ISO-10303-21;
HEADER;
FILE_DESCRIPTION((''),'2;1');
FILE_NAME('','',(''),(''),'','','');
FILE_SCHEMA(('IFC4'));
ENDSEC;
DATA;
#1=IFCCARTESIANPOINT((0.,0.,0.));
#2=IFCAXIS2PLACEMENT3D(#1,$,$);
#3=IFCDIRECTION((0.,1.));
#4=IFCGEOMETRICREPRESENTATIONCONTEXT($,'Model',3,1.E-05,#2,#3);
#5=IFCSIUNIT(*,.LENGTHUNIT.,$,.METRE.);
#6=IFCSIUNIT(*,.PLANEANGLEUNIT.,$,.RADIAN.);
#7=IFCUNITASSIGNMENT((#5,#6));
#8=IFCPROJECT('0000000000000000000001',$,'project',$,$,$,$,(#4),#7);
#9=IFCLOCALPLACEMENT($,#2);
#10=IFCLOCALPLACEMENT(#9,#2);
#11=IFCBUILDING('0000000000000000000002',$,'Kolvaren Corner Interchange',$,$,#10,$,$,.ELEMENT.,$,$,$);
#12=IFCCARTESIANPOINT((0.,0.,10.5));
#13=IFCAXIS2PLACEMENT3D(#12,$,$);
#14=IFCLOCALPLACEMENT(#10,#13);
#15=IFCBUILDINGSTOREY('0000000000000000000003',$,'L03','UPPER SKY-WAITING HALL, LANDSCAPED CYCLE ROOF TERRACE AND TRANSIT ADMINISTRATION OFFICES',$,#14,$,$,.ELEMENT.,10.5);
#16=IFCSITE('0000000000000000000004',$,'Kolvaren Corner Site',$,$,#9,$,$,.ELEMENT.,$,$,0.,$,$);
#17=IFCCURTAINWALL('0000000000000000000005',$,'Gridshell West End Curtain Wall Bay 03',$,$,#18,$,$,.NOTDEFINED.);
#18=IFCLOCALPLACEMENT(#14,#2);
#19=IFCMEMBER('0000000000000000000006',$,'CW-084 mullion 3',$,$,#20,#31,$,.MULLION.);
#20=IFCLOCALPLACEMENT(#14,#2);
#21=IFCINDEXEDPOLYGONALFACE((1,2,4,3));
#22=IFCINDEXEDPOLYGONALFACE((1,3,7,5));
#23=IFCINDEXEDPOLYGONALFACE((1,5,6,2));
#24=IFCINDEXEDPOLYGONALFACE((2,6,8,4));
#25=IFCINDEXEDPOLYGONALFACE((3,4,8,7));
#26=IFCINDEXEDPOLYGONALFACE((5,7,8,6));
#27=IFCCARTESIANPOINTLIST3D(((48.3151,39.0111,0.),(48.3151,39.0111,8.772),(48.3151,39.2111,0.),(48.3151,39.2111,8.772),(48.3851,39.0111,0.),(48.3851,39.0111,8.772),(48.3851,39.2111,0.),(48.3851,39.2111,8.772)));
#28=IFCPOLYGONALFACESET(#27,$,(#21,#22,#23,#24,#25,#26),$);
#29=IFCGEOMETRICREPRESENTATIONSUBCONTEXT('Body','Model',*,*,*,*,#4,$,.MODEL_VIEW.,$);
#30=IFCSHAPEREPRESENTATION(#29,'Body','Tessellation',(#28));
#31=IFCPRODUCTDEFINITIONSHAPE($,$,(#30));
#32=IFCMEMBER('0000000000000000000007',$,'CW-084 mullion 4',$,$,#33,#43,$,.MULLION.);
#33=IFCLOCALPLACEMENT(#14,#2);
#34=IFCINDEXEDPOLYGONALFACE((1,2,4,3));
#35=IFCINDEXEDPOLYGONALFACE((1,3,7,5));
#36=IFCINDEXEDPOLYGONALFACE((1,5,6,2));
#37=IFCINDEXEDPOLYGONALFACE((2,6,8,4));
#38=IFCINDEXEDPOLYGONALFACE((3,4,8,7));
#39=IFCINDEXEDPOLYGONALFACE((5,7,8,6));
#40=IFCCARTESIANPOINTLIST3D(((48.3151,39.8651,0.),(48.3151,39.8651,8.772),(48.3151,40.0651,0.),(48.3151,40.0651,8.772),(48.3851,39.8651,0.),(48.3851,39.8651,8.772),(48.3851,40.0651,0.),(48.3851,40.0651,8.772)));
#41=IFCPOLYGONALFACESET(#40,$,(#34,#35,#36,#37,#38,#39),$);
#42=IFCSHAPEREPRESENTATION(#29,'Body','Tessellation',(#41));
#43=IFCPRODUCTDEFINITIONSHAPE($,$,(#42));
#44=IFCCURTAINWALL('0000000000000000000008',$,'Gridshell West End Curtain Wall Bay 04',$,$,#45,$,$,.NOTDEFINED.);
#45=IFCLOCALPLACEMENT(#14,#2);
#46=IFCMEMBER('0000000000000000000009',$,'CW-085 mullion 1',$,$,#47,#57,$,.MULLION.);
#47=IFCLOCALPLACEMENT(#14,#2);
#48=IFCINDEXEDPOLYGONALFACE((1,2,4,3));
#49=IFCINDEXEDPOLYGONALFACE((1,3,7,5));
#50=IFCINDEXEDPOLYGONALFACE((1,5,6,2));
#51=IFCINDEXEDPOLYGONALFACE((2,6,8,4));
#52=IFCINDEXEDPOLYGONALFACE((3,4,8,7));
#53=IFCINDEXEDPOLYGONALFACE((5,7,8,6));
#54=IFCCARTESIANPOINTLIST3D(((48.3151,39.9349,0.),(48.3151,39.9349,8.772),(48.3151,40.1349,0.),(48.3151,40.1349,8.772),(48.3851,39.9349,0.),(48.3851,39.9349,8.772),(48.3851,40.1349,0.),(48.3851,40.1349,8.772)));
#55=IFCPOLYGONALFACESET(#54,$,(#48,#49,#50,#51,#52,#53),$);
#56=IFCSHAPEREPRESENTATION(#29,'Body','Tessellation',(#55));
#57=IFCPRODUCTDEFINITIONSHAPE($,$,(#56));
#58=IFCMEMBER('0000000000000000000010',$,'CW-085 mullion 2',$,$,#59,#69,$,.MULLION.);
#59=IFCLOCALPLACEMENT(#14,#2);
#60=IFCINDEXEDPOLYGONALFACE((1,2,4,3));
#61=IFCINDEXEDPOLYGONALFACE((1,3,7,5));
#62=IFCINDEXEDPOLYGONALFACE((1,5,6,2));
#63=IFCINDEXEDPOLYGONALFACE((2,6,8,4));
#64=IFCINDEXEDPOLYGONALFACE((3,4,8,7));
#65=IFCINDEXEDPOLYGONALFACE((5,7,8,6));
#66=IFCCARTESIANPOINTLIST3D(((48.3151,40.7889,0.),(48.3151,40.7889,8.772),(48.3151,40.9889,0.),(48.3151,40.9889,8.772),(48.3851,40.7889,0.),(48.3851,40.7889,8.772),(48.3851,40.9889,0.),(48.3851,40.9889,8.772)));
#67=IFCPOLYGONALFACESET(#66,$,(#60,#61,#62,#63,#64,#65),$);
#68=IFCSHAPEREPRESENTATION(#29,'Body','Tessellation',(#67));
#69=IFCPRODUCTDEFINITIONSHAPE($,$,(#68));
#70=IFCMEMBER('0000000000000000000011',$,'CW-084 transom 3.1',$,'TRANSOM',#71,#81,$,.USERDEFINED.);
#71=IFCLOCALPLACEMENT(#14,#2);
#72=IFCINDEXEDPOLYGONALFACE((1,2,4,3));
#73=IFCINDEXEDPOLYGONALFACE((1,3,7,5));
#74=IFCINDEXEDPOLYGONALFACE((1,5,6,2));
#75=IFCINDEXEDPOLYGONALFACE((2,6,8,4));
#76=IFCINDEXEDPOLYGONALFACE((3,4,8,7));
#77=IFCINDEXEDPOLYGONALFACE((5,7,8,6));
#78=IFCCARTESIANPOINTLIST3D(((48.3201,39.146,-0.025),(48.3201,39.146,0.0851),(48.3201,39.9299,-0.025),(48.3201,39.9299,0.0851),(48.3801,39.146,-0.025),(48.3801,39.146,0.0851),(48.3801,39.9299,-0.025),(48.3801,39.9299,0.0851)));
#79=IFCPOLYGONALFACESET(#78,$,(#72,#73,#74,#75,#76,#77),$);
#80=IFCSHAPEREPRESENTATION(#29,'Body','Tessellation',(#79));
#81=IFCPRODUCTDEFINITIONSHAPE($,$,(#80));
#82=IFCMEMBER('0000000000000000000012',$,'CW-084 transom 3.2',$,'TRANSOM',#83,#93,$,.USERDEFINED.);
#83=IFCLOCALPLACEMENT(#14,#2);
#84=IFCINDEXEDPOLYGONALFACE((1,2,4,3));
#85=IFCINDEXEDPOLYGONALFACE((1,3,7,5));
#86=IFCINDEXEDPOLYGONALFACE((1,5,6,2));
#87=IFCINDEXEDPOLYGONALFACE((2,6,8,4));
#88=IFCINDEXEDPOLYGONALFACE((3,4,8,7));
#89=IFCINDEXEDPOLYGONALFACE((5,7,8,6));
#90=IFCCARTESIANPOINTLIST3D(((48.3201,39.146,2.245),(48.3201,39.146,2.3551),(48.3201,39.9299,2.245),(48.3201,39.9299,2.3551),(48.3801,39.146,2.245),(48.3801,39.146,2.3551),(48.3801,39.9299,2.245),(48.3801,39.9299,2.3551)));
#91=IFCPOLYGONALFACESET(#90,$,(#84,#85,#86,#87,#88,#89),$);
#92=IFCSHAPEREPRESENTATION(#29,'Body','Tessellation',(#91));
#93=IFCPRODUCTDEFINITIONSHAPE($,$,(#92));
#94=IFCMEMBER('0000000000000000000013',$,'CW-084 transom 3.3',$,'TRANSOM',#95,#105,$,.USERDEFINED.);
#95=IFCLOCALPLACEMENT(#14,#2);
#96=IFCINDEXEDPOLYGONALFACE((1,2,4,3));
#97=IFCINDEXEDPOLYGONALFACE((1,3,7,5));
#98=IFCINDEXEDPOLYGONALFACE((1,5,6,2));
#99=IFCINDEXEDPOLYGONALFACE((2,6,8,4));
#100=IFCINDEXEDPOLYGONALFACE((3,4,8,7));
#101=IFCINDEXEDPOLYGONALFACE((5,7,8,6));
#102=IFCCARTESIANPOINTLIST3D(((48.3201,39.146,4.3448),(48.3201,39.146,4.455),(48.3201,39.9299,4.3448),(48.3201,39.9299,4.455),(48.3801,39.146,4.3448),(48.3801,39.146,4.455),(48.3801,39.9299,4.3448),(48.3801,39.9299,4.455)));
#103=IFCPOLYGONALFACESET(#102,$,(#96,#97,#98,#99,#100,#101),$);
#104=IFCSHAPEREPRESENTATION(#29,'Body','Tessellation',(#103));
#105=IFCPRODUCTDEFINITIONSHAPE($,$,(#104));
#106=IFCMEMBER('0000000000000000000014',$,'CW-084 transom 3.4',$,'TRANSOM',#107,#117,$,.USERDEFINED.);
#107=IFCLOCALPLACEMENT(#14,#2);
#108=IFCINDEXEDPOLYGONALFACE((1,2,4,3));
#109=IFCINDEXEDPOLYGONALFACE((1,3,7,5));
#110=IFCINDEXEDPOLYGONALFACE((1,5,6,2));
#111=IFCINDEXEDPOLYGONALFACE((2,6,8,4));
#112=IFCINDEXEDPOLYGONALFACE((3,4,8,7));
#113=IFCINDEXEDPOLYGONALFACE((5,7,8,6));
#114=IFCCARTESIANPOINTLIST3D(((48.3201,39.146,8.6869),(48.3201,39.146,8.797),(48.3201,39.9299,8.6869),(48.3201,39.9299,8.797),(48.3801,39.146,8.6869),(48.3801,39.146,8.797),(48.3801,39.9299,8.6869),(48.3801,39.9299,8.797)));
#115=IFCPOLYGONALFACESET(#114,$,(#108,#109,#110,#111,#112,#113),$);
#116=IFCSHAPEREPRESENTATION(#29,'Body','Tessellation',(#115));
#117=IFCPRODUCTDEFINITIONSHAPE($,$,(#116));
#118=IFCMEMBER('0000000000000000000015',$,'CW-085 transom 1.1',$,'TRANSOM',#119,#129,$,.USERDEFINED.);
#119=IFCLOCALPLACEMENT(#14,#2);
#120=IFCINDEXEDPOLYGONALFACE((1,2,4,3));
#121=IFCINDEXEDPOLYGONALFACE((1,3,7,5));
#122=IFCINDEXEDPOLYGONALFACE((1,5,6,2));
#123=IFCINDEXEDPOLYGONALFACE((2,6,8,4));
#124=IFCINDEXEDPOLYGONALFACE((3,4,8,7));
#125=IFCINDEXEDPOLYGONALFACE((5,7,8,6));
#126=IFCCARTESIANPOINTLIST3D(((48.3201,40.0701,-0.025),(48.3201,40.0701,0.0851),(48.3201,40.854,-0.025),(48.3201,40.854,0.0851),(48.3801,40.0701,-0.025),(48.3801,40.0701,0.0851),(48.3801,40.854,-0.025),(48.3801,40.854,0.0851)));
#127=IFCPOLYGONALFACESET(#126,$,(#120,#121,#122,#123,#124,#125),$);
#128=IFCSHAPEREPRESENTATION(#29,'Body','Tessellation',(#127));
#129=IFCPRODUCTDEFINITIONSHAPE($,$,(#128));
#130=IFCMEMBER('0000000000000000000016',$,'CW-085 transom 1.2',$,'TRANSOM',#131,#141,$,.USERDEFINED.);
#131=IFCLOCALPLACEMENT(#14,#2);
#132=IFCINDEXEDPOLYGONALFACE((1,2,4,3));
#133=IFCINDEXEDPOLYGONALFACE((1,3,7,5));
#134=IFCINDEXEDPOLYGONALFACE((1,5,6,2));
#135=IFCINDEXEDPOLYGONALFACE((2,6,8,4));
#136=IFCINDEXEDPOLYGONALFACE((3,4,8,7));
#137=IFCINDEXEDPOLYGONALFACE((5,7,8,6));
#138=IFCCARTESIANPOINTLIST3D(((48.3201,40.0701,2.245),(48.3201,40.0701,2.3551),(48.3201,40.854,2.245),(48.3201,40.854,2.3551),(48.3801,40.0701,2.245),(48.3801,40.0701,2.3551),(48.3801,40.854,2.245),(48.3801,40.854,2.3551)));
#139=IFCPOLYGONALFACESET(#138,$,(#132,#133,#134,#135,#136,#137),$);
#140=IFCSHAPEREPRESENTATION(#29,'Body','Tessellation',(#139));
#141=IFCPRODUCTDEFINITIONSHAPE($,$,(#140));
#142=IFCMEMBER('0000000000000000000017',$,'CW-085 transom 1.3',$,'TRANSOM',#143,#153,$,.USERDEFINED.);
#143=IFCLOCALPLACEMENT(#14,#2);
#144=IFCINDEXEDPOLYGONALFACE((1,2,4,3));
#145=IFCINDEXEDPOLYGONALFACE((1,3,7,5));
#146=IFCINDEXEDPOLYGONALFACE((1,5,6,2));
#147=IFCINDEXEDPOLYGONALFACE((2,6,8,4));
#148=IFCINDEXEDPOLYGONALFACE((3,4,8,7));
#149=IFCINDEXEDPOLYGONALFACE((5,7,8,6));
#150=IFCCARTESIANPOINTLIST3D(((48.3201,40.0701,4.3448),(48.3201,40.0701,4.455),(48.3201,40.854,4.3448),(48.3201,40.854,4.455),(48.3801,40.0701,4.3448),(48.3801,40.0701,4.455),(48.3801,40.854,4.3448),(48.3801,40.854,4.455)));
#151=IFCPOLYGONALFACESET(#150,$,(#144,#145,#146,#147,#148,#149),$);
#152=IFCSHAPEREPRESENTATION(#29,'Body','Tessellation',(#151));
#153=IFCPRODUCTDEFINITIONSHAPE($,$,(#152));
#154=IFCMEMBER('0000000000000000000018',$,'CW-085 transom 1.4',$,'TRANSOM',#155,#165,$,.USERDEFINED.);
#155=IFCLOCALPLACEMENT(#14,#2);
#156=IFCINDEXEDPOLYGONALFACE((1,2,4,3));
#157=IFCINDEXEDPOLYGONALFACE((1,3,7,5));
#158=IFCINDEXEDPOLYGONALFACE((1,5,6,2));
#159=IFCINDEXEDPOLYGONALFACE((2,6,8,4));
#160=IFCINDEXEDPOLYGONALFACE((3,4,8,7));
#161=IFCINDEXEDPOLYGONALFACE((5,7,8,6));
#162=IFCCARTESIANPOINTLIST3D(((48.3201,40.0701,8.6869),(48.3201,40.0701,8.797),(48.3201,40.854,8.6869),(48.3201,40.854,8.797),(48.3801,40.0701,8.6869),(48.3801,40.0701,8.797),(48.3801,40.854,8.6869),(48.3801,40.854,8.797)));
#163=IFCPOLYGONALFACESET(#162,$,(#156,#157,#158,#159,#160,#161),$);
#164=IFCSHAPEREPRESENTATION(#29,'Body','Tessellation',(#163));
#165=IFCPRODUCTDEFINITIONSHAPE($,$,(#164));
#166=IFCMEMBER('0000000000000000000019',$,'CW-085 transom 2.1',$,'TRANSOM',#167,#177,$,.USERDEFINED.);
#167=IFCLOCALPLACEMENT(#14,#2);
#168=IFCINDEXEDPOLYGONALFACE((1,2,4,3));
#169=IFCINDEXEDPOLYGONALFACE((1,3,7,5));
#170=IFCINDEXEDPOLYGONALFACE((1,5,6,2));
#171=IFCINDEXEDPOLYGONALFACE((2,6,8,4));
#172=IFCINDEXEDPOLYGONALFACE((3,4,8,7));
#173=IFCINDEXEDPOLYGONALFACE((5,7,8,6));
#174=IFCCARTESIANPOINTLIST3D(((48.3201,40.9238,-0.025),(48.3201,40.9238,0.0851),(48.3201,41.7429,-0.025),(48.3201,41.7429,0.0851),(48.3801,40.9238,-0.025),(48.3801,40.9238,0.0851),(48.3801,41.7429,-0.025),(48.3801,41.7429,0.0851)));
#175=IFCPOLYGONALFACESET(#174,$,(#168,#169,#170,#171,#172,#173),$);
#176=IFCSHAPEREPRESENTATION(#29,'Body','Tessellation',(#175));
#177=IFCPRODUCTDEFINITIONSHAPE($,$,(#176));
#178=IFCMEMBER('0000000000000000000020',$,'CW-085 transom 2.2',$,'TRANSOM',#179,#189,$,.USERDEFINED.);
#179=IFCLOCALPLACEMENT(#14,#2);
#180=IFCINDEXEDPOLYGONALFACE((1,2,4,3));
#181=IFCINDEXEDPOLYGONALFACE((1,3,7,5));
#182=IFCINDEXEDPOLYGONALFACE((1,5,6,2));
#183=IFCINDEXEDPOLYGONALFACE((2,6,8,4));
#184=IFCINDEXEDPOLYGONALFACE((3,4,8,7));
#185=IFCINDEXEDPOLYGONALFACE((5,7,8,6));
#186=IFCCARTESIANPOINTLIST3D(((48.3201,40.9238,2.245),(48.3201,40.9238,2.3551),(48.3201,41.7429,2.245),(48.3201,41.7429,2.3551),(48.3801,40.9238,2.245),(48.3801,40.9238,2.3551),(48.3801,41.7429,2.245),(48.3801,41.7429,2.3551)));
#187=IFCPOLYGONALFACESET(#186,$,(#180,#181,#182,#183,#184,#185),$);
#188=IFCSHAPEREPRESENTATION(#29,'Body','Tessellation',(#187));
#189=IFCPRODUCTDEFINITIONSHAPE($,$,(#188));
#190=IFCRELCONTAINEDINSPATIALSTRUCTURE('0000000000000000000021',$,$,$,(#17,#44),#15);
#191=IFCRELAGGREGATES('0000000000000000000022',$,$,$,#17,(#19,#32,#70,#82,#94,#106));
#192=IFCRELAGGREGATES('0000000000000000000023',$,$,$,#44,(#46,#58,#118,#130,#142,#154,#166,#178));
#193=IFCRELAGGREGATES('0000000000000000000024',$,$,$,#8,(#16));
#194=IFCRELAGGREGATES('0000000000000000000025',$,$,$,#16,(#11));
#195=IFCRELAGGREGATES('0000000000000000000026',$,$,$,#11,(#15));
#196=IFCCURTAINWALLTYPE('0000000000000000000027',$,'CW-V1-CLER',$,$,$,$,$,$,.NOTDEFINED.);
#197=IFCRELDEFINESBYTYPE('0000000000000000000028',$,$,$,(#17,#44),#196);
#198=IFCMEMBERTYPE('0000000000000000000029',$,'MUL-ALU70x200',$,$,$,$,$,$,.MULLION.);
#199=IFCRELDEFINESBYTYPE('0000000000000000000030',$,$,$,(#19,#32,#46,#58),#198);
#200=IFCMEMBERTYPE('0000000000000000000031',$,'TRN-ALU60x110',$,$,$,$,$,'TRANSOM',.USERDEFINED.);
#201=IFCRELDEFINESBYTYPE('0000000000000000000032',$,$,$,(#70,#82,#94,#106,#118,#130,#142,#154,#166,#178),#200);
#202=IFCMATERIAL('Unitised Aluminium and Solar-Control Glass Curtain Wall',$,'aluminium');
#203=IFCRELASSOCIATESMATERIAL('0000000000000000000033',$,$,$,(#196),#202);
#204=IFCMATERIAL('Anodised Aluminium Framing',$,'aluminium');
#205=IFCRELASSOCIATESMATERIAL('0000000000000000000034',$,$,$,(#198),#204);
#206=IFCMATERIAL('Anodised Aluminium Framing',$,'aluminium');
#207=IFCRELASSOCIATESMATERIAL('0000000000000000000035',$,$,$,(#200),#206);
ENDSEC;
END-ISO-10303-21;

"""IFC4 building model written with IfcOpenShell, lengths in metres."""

from ifc_helpers import new_model, si_unit, direction, frame, origin, origin_2d, place, context, subcontext, project, spatial, rectangle, extrude, material, material_profile, profile_set, type_object, element, aggregate, save


model = new_model("IFC4")

# Units and contexts
model_context = context("Model", 3, precision=1e-05, world=origin(), true_north=direction((0.0, 1.0)))
body_context = subcontext(model_context, "Body", "Model", "MODEL_VIEW")
ifc_project = project(units=[si_unit("LENGTHUNIT", "METRE"), si_unit("PLANEANGLEUNIT", "RADIAN")], contexts=[model_context])

# Site, building, storey
site_placement = place(None, origin())
site = spatial("IfcSite", under=ifc_project, at=site_placement, Name="Kolvaren Corner Site", CompositionType="ELEMENT", RefElevation=0.0)
building_placement = place(site_placement, origin())
building = spatial("IfcBuilding", under=site, at=building_placement, Name="Kolvaren Corner Interchange", CompositionType="ELEMENT")
storey_placement = place(building_placement, frame((0.0, 0.0, 10.5)))
storey = spatial("IfcBuildingStorey", under=building, at=storey_placement, Name="L03", Description="UPPER SKY-WAITING HALL, LANDSCAPED CYCLE ROOF TERRACE AND TRANSIT ADMINISTRATION OFFICES", CompositionType="ELEMENT", Elevation=10.5)

# Curtain walls, members
ifc_material_1 = material(Name="Unitised Aluminium and Solar-Control Glass Curtain Wall", Category="aluminium")
curtain_wall_type = type_object("IfcCurtainWallType", Name="CW-V1-CLER", PredefinedType="NOTDEFINED", material=ifc_material_1)
curtain_wall_1_placement = place(storey_placement, origin())
curtain_wall_1 = element("IfcCurtainWall", 1, at=curtain_wall_1_placement, inside=storey, type_object=curtain_wall_type, Name="Gridshell West End Curtain Wall Bay 03", PredefinedType="NOTDEFINED")
ifc_material_2 = material(Name="Anodised Aluminium Framing", Category="aluminium")
ifc_material_profile_1 = material_profile(ifc_material_2, rectangle(XDim=0.0701, YDim=0.2, at=origin_2d()), Name="ALU 70x200")
ifc_profile_set_1 = profile_set([ifc_material_profile_1], Name="Anodised Aluminium Framing")
member_type_1 = type_object("IfcMemberType", Name="MUL-ALU70x200", PredefinedType="MULLION", material=ifc_profile_set_1)
member_1_placement = place(storey_placement, frame((48.3501, 39.1111, 0.0), z_axis=(0.0, 0.0, 1.0), x_axis=(-1.0, 0.0, 0.0)))
member_1 = element("IfcMember", 2, at=member_1_placement, type_object=member_type_1, Name="CW-084 mullion 3", PredefinedType="MULLION", context=body_context, shape_type="SweptSolid", body=[
    extrude(rectangle(XDim=0.0701, YDim=0.2, at=origin_2d()), origin(), (0.0, 0.0, 1.0), 8.772),
])
member_2_placement = place(storey_placement, frame((48.3501, 39.9651, 0.0), z_axis=(0.0, 0.0, 1.0), x_axis=(-1.0, 0.0, 0.0)))
member_2 = element("IfcMember", 3, at=member_2_placement, type_object=member_type_1, Name="CW-084 mullion 4", PredefinedType="MULLION", context=body_context, shape_type="SweptSolid", body=[
    extrude(rectangle(XDim=0.0701, YDim=0.2, at=origin_2d()), origin(), (0.0, 0.0, 1.0), 8.772),
])
curtain_wall_2_placement = place(storey_placement, origin())
curtain_wall_2 = element("IfcCurtainWall", 4, at=curtain_wall_2_placement, inside=storey, type_object=curtain_wall_type, Name="Gridshell West End Curtain Wall Bay 04", PredefinedType="NOTDEFINED")
member_3_placement = place(storey_placement, frame((48.3501, 40.0349, 0.0), z_axis=(0.0, 0.0, 1.0), x_axis=(-1.0, 0.0, 0.0)))
member_3 = element("IfcMember", 5, at=member_3_placement, type_object=member_type_1, Name="CW-085 mullion 1", PredefinedType="MULLION", context=body_context, shape_type="SweptSolid", body=[
    extrude(rectangle(XDim=0.0701, YDim=0.2, at=origin_2d()), origin(), (0.0, 0.0, 1.0), 8.772),
])
member_4_placement = place(storey_placement, frame((48.3501, 40.8889, 0.0), z_axis=(0.0, 0.0, 1.0), x_axis=(-1.0, 0.0, 0.0)))
member_4 = element("IfcMember", 6, at=member_4_placement, type_object=member_type_1, Name="CW-085 mullion 2", PredefinedType="MULLION", context=body_context, shape_type="SweptSolid", body=[
    extrude(rectangle(XDim=0.0701, YDim=0.2, at=origin_2d()), origin(), (0.0, 0.0, 1.0), 8.772),
])

# Members
ifc_material_3 = material(Name="Anodised Aluminium Framing", Category="aluminium")
ifc_material_profile_2 = material_profile(ifc_material_3, rectangle(XDim=0.0601, YDim=0.1101, at=origin_2d()), Name="ALU 60x110")
ifc_profile_set_2 = profile_set([ifc_material_profile_2], Name="Anodised Aluminium Framing")
member_type_2 = type_object("IfcMemberType", Name="TRN-ALU60x110", ElementType="TRANSOM", PredefinedType="USERDEFINED", material=ifc_profile_set_2)
member_5_placement = place(storey_placement, frame((48.3501, 39.146, 0.03), z_axis=(0.0, 1.0, 0.0), x_axis=(-1.0, 0.0, 0.0)))
member_5 = element("IfcMember", 7, at=member_5_placement, type_object=member_type_2, Name="CW-084 transom 3.1", ObjectType="TRANSOM", PredefinedType="USERDEFINED", context=body_context, shape_type="SweptSolid", body=[
    extrude(rectangle(XDim=0.0601, YDim=0.1101, at=origin_2d()), origin(), (0.0, 0.0, 1.0), 0.7839),
])
member_6_placement = place(storey_placement, frame((48.3501, 39.146, 2.3), z_axis=(0.0, 1.0, 0.0), x_axis=(-1.0, 0.0, 0.0)))
member_6 = element("IfcMember", 8, at=member_6_placement, type_object=member_type_2, Name="CW-084 transom 3.2", ObjectType="TRANSOM", PredefinedType="USERDEFINED", context=body_context, shape_type="SweptSolid", body=[
    extrude(rectangle(XDim=0.0601, YDim=0.1101, at=origin_2d()), origin(), (0.0, 0.0, 1.0), 0.7839),
])
member_7_placement = place(storey_placement, frame((48.3501, 39.146, 4.3999), z_axis=(0.0, 1.0, 0.0), x_axis=(-1.0, 0.0, 0.0)))
member_7 = element("IfcMember", 9, at=member_7_placement, type_object=member_type_2, Name="CW-084 transom 3.3", ObjectType="TRANSOM", PredefinedType="USERDEFINED", context=body_context, shape_type="SweptSolid", body=[
    extrude(rectangle(XDim=0.0601, YDim=0.1101, at=origin_2d()), origin(), (0.0, 0.0, 1.0), 0.7839),
])
member_8_placement = place(storey_placement, frame((48.3501, 39.146, 8.7419), z_axis=(0.0, 1.0, 0.0), x_axis=(-1.0, 0.0, 0.0)))
member_8 = element("IfcMember", 10, at=member_8_placement, type_object=member_type_2, Name="CW-084 transom 3.4", ObjectType="TRANSOM", PredefinedType="USERDEFINED", context=body_context, shape_type="SweptSolid", body=[
    extrude(rectangle(XDim=0.0601, YDim=0.1101, at=origin_2d()), origin(), (0.0, 0.0, 1.0), 0.7839),
])
member_9_placement = place(storey_placement, frame((48.3501, 40.0701, 0.03), z_axis=(0.0, 1.0, 0.0), x_axis=(-1.0, 0.0, 0.0)))
member_9 = element("IfcMember", 11, at=member_9_placement, type_object=member_type_2, Name="CW-085 transom 1.1", ObjectType="TRANSOM", PredefinedType="USERDEFINED", context=body_context, shape_type="SweptSolid", body=[
    extrude(rectangle(XDim=0.0601, YDim=0.1101, at=origin_2d()), origin(), (0.0, 0.0, 1.0), 0.7839),
])
member_10_placement = place(storey_placement, frame((48.3501, 40.0701, 2.3), z_axis=(0.0, 1.0, 0.0), x_axis=(-1.0, 0.0, 0.0)))
member_10 = element("IfcMember", 12, at=member_10_placement, type_object=member_type_2, Name="CW-085 transom 1.2", ObjectType="TRANSOM", PredefinedType="USERDEFINED", context=body_context, shape_type="SweptSolid", body=[
    extrude(rectangle(XDim=0.0601, YDim=0.1101, at=origin_2d()), origin(), (0.0, 0.0, 1.0), 0.7839),
])
member_11_placement = place(storey_placement, frame((48.3501, 40.0701, 4.3999), z_axis=(0.0, 1.0, 0.0), x_axis=(-1.0, 0.0, 0.0)))
member_11 = element("IfcMember", 13, at=member_11_placement, type_object=member_type_2, Name="CW-085 transom 1.3", ObjectType="TRANSOM", PredefinedType="USERDEFINED", context=body_context, shape_type="SweptSolid", body=[
    extrude(rectangle(XDim=0.0601, YDim=0.1101, at=origin_2d()), origin(), (0.0, 0.0, 1.0), 0.7839),
])
member_12_placement = place(storey_placement, frame((48.3501, 40.0701, 8.7419), z_axis=(0.0, 1.0, 0.0), x_axis=(-1.0, 0.0, 0.0)))
member_12 = element("IfcMember", 14, at=member_12_placement, type_object=member_type_2, Name="CW-085 transom 1.4", ObjectType="TRANSOM", PredefinedType="USERDEFINED", context=body_context, shape_type="SweptSolid", body=[
    extrude(rectangle(XDim=0.0601, YDim=0.1101, at=origin_2d()), origin(), (0.0, 0.0, 1.0), 0.7839),
])
member_13_placement = place(storey_placement, frame((48.3501, 40.9238, 0.03), z_axis=(0.0, 1.0, 0.0), x_axis=(-1.0, 0.0, 0.0)))
member_13 = element("IfcMember", 15, at=member_13_placement, type_object=member_type_2, Name="CW-085 transom 2.1", ObjectType="TRANSOM", PredefinedType="USERDEFINED", context=body_context, shape_type="SweptSolid", body=[
    extrude(rectangle(XDim=0.0601, YDim=0.1101, at=origin_2d()), origin(), (0.0, 0.0, 1.0), 0.8191),
])
member_14_placement = place(storey_placement, frame((48.3501, 40.9238, 2.3), z_axis=(0.0, 1.0, 0.0), x_axis=(-1.0, 0.0, 0.0)))
member_14 = element("IfcMember", 16, at=member_14_placement, type_object=member_type_2, Name="CW-085 transom 2.2", ObjectType="TRANSOM", PredefinedType="USERDEFINED", context=body_context, shape_type="SweptSolid", body=[
    extrude(rectangle(XDim=0.0601, YDim=0.1101, at=origin_2d()), origin(), (0.0, 0.0, 1.0), 0.8191),
])

aggregate(curtain_wall_1, [member_1, member_2, member_5, member_6, member_7, member_8])
aggregate(curtain_wall_2, [member_3, member_4, member_9, member_10, member_11, member_12, member_13, member_14])

save(model, "model.ifc")
